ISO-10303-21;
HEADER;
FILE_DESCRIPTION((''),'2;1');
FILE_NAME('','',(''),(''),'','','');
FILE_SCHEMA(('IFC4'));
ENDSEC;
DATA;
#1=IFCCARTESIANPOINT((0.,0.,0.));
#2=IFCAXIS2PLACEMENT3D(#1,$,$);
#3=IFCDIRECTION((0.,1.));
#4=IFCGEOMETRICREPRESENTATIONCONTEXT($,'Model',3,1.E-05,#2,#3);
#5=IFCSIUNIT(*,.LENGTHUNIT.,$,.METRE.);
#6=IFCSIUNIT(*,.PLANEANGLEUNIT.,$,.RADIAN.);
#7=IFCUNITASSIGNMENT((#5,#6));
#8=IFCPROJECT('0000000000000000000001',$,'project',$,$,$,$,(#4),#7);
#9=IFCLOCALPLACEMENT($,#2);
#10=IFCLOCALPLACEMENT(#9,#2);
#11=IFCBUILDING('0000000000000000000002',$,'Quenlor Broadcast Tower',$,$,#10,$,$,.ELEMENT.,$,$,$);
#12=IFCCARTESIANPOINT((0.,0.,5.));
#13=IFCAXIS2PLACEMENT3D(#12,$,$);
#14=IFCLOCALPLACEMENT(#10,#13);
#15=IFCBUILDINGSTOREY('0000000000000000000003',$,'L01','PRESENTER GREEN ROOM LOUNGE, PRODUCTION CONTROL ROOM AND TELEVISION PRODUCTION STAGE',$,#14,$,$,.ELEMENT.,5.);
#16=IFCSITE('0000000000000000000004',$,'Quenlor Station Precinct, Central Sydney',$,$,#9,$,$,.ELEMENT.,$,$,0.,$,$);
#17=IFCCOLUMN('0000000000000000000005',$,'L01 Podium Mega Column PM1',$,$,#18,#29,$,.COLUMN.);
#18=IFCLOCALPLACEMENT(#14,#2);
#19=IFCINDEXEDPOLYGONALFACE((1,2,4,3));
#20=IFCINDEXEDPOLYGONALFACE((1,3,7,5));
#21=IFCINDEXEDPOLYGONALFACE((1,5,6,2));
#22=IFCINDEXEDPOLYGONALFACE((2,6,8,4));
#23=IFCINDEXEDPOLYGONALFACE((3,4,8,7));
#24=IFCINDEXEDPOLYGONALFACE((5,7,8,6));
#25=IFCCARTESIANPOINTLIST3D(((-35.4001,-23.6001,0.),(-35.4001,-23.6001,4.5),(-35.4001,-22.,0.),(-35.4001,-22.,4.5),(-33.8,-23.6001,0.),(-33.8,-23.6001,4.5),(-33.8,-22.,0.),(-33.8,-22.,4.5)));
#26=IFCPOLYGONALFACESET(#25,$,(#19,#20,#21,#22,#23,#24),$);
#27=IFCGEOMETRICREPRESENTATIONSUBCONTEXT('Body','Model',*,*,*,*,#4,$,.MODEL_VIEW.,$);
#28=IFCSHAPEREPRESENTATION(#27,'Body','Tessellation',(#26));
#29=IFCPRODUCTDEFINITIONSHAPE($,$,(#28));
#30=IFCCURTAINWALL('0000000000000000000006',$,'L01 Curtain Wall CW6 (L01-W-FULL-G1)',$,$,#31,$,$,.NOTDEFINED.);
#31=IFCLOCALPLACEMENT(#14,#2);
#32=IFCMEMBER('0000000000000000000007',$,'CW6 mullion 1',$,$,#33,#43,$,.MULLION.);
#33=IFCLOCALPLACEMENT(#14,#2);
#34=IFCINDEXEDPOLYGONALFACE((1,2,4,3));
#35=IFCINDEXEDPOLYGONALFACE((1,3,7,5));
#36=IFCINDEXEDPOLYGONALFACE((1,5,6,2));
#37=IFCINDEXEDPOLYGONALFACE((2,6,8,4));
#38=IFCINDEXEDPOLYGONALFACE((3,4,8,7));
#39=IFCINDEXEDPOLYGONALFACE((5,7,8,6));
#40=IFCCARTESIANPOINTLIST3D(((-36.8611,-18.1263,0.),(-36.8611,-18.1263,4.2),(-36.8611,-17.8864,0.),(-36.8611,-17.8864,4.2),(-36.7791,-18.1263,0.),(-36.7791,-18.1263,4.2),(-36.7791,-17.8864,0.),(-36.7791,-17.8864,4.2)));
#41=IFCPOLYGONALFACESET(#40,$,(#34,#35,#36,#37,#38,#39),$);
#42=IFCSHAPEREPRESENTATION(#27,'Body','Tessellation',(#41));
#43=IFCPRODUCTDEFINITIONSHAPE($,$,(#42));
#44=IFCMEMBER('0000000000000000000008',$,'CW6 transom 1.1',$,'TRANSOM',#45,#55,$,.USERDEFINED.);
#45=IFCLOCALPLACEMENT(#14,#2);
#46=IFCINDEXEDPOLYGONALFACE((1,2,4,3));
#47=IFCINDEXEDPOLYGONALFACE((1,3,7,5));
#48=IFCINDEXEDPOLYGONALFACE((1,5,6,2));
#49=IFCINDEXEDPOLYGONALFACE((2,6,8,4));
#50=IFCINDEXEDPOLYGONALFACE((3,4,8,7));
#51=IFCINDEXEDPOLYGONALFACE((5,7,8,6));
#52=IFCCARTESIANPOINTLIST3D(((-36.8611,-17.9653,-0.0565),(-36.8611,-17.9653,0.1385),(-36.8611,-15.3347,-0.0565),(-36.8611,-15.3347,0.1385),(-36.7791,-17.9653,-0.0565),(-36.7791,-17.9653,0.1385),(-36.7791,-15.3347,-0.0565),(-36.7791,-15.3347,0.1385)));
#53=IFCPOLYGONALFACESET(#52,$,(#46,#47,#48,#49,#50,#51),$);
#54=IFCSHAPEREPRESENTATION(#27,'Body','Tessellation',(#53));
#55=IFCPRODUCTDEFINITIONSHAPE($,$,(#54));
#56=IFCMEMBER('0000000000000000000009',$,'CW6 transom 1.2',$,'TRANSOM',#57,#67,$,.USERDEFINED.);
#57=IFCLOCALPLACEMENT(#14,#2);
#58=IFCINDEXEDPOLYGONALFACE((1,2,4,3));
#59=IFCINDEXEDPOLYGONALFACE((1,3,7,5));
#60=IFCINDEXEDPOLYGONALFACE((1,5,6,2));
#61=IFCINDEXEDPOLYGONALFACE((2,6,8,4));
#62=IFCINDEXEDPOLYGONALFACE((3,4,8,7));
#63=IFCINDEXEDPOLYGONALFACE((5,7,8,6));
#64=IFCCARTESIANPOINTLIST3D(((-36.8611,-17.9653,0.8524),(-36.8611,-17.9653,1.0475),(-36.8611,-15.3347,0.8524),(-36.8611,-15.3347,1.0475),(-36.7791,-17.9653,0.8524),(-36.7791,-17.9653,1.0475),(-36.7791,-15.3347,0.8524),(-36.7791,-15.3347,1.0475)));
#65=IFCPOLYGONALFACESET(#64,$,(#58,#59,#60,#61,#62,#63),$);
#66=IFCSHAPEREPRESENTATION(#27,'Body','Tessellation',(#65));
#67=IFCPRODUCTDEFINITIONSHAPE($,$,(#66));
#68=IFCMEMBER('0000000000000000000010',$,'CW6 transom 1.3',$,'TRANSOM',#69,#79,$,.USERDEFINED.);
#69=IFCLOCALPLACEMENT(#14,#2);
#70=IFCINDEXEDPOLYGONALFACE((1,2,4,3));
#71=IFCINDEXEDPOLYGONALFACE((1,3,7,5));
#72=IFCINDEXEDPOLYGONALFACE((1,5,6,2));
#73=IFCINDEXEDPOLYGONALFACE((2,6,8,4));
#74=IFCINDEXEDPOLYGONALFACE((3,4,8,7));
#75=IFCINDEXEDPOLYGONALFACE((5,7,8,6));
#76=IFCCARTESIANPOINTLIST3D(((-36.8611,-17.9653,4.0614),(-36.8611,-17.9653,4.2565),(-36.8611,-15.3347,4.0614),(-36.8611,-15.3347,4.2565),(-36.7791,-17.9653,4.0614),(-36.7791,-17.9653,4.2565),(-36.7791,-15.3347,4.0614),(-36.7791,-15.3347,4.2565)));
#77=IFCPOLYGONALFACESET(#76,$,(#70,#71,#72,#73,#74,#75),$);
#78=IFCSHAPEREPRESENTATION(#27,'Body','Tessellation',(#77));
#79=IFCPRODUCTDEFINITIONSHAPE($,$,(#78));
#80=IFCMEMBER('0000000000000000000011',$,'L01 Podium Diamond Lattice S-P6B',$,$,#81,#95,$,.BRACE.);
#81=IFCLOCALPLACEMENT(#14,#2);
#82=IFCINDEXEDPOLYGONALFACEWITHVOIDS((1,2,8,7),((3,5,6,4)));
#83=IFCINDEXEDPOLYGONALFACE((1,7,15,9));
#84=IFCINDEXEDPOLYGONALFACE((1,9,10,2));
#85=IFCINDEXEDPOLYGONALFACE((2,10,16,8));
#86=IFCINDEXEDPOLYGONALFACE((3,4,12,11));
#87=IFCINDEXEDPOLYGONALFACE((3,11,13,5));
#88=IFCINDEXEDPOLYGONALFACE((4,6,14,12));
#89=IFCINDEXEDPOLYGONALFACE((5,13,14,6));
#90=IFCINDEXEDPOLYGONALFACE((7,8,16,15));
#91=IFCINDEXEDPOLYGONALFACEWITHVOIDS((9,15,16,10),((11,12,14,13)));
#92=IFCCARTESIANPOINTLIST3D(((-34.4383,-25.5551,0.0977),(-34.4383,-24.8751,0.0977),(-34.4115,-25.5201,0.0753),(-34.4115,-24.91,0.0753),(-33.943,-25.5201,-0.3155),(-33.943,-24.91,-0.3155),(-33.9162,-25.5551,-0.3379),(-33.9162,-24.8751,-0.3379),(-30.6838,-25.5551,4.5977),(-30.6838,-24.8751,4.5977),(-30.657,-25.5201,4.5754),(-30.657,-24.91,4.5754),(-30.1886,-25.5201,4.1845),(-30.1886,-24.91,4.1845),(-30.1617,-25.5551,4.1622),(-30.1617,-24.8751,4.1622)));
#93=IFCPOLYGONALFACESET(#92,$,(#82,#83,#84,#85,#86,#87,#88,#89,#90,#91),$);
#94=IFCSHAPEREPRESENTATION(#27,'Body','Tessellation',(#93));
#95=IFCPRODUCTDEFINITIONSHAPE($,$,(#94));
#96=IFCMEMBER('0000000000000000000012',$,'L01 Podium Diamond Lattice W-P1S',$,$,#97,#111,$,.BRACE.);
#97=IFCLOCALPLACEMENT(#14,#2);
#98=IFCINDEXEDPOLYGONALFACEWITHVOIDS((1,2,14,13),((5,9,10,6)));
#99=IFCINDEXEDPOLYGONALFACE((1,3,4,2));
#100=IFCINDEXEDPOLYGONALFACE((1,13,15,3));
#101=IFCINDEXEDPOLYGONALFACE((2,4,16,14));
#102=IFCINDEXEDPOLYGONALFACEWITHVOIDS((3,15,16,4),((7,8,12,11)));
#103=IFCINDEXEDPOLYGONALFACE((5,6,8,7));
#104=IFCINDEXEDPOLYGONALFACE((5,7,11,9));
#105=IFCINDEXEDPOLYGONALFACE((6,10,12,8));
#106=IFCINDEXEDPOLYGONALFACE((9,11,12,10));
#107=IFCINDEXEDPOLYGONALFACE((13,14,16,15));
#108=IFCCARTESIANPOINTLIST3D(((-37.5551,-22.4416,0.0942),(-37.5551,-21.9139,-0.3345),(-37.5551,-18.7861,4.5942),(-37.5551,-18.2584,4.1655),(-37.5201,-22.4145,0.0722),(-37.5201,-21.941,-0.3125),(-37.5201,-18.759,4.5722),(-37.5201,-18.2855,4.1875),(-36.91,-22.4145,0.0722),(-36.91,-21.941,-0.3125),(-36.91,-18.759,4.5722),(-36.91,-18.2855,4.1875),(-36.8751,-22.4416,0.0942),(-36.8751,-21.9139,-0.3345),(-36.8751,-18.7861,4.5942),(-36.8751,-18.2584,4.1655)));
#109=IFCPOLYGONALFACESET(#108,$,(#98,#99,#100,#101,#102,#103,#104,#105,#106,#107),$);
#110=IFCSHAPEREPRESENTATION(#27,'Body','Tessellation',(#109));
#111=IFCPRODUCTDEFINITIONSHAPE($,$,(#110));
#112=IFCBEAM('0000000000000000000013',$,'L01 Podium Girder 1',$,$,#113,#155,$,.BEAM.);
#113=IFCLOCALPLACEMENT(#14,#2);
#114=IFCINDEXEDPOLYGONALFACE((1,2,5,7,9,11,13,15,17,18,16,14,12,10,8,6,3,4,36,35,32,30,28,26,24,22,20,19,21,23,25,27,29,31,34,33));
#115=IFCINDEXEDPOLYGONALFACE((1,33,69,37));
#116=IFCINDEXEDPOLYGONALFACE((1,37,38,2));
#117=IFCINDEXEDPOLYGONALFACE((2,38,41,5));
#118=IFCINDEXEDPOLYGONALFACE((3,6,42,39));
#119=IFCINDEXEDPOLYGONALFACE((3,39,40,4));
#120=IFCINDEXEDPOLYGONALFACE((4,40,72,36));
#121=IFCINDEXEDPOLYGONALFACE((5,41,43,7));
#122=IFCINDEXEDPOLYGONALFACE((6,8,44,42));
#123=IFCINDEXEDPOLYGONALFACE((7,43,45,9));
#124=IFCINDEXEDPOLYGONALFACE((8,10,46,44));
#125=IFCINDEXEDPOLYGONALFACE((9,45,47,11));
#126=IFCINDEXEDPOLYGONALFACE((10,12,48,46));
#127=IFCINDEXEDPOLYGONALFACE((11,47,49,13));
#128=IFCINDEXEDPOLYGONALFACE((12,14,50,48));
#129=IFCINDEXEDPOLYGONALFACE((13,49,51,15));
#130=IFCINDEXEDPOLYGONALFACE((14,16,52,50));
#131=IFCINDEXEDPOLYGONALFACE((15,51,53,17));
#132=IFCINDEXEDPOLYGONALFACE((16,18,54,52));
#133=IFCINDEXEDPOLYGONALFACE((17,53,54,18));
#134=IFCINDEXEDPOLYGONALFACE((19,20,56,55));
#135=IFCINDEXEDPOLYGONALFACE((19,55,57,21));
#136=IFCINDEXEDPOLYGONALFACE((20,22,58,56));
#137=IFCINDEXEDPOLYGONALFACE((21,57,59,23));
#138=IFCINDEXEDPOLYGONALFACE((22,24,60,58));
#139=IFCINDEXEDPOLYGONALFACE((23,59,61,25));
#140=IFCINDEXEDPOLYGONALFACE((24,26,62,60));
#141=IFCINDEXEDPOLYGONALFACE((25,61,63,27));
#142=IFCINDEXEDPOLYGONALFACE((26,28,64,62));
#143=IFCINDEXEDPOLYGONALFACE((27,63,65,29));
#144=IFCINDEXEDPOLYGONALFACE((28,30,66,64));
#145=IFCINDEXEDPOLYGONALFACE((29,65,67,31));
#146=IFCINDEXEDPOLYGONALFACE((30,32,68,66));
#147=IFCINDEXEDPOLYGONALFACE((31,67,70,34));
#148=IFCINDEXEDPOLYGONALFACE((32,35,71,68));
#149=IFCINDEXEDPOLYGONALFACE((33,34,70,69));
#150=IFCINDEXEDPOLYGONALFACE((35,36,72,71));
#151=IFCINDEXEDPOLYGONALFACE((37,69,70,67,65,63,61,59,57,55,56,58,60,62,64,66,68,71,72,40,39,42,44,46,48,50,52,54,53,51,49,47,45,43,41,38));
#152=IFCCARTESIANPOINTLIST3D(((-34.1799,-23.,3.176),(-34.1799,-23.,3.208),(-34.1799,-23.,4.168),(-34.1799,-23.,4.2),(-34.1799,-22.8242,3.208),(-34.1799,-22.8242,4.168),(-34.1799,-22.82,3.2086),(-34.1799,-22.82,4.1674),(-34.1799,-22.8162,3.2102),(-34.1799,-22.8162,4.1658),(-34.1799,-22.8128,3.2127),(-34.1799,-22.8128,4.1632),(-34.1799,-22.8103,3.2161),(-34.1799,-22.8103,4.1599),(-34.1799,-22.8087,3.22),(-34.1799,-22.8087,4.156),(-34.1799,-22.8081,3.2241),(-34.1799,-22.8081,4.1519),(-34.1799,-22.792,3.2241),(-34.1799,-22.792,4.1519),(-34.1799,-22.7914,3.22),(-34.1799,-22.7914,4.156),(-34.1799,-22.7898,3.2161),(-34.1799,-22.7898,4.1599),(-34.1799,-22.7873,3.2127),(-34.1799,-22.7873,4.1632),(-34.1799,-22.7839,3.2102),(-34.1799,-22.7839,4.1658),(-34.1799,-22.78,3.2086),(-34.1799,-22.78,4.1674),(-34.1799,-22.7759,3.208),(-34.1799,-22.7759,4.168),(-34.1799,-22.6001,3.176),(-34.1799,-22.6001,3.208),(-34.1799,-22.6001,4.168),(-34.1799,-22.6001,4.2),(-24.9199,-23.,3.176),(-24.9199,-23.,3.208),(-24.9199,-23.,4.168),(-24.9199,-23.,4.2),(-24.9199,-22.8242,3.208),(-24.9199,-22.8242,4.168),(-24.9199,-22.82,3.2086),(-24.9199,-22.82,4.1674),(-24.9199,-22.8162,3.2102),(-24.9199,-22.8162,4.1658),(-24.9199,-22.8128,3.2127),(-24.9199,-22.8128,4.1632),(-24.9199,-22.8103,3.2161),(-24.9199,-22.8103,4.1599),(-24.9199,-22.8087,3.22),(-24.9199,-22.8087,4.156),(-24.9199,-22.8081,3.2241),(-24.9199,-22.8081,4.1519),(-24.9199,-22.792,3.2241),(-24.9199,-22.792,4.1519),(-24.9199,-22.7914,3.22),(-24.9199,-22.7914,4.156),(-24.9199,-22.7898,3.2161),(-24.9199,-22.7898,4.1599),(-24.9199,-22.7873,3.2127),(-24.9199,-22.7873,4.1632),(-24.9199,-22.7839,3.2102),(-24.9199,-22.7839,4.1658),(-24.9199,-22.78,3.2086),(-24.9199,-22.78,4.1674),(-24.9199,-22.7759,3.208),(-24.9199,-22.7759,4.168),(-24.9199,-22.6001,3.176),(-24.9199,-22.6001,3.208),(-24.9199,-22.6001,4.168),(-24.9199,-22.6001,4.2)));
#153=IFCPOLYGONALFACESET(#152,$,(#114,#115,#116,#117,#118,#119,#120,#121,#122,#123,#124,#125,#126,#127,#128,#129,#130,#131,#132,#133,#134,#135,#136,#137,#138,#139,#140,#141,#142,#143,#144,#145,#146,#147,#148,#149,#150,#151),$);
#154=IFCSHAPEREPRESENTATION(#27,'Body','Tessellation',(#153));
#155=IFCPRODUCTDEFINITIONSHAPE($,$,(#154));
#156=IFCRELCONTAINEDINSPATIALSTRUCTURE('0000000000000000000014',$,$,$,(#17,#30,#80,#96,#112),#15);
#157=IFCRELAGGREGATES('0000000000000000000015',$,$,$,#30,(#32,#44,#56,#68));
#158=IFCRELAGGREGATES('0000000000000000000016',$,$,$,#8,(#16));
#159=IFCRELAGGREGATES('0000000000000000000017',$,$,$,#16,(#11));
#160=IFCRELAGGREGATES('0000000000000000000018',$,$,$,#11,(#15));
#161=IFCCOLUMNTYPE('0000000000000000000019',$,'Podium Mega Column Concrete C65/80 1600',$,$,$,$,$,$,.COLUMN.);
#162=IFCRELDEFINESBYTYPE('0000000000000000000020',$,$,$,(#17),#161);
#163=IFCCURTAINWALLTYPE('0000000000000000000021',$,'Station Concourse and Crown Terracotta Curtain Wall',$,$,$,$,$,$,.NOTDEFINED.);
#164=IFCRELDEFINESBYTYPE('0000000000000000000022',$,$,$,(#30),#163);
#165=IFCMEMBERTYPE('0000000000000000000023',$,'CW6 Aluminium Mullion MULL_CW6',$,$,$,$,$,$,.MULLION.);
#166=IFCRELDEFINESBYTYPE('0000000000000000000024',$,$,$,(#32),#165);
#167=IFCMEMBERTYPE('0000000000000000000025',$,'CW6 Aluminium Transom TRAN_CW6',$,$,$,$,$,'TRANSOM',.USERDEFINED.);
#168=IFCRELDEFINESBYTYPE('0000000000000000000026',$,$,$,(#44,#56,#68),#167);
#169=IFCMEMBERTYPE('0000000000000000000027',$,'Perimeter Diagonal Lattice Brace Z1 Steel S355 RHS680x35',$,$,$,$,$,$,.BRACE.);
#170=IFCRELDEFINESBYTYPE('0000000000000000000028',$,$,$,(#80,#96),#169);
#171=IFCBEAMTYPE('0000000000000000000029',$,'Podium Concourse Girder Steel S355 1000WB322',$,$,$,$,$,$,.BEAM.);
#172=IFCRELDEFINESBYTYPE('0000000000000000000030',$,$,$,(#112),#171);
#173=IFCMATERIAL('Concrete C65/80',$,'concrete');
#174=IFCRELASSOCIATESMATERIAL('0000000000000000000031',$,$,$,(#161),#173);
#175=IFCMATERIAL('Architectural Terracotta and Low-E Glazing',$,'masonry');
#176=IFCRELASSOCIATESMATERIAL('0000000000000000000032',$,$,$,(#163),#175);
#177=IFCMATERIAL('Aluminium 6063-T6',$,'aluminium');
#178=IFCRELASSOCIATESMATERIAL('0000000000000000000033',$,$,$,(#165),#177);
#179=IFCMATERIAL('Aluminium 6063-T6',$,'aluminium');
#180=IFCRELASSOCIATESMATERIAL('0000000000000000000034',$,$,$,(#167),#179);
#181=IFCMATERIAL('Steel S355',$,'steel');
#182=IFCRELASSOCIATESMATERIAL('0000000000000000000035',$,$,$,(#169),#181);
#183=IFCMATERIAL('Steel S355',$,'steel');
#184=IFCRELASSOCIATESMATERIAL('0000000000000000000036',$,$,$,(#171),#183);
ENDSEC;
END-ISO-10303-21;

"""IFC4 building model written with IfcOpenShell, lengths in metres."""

from ifc_helpers import new_model, si_unit, direction, frame, origin, origin_2d, place, context, subcontext, project, spatial, rectangle, hollow_rectangle, i_section, extrude, material, material_profile, profile_set, type_object, element, aggregate, save


model = new_model("IFC4")

# Units and contexts
model_context = context("Model", 3, precision=1e-05, world=origin(), true_north=direction((0.0, 1.0)))
body_context = subcontext(model_context, "Body", "Model", "MODEL_VIEW")
ifc_project = project(units=[si_unit("LENGTHUNIT", "METRE"), si_unit("PLANEANGLEUNIT", "RADIAN")], contexts=[model_context])

# Site, building, storey
site_placement = place(None, origin())
site = spatial("IfcSite", under=ifc_project, at=site_placement, Name="Quenlor Station Precinct, Central Sydney", CompositionType="ELEMENT", RefElevation=0.0)
building_placement = place(site_placement, origin())
building = spatial("IfcBuilding", under=site, at=building_placement, Name="Quenlor Broadcast Tower", CompositionType="ELEMENT")
storey_placement = place(building_placement, frame((0.0, 0.0, 5.0)))
storey = spatial("IfcBuildingStorey", under=building, at=storey_placement, Name="L01", Description="PRESENTER GREEN ROOM LOUNGE, PRODUCTION CONTROL ROOM AND TELEVISION PRODUCTION STAGE", CompositionType="ELEMENT", Elevation=5.0)

# Column
ifc_material_1 = material(Name="Concrete C65/80", Category="concrete")
ifc_material_profile_1 = material_profile(ifc_material_1, rectangle(XDim=1.6001, YDim=1.6001, at=origin_2d()))
ifc_profile_set_1 = profile_set([ifc_material_profile_1], Name="Concrete C65/80 RC1600x1600")
column_type = type_object("IfcColumnType", Name="Podium Mega Column Concrete C65/80 1600", PredefinedType="COLUMN", material=ifc_profile_set_1)
column_placement = place(storey_placement, frame((-34.6001, -22.8, 0.0), z_axis=(0.0, 0.0, 1.0), x_axis=(1.0, 0.0, 0.0)))
element("IfcColumn", 1, at=column_placement, inside=storey, type_object=column_type, Name="L01 Podium Mega Column PM1", PredefinedType="COLUMN", context=body_context, shape_type="SweptSolid", body=[
    extrude(rectangle(XDim=1.6001, YDim=1.6001, at=origin_2d()), origin(), (0.0, 0.0, 1.0), 4.5),
])

# Curtain wall, members
ifc_material_2 = material(Name="Architectural Terracotta and Low-E Glazing", Category="masonry")
curtain_wall_type = type_object("IfcCurtainWallType", Name="Station Concourse and Crown Terracotta Curtain Wall", PredefinedType="NOTDEFINED", material=ifc_material_2)
curtain_wall_placement = place(storey_placement, origin())
curtain_wall = element("IfcCurtainWall", 2, at=curtain_wall_placement, inside=storey, type_object=curtain_wall_type, Name="L01 Curtain Wall CW6 (L01-W-FULL-G1)", PredefinedType="NOTDEFINED")
ifc_material_3 = material(Name="Aluminium 6063-T6", Category="aluminium")
ifc_material_profile_2 = material_profile(ifc_material_3, rectangle(XDim=0.082, YDim=0.24, at=origin_2d()))
ifc_profile_set_2 = profile_set([ifc_material_profile_2], Name="Aluminium 6063-T6 MULL82x240")
member_type_1 = type_object("IfcMemberType", Name="CW6 Aluminium Mullion MULL_CW6", PredefinedType="MULLION", material=ifc_profile_set_2)
member_1_placement = place(storey_placement, frame((-36.8201, -18.0063, 0.0), z_axis=(0.0, 0.0, 1.0), x_axis=(-1.0, 0.0, 0.0)))
member_1 = element("IfcMember", 3, at=member_1_placement, type_object=member_type_1, Name="CW6 mullion 1", PredefinedType="MULLION", context=body_context, shape_type="SweptSolid", body=[
    extrude(rectangle(XDim=0.082, YDim=0.24, at=origin_2d()), origin(), (0.0, 0.0, 1.0), 4.2),
])
ifc_material_4 = material(Name="Aluminium 6063-T6", Category="aluminium")
ifc_material_profile_3 = material_profile(ifc_material_4, rectangle(XDim=0.082, YDim=0.1951, at=origin_2d()))
ifc_profile_set_3 = profile_set([ifc_material_profile_3], Name="Aluminium 6063-T6 TRAN82x195")
member_type_2 = type_object("IfcMemberType", Name="CW6 Aluminium Transom TRAN_CW6", ElementType="TRANSOM", PredefinedType="USERDEFINED", material=ifc_profile_set_3)
member_2_placement = place(storey_placement, frame((-36.8201, -17.9653, 0.041), z_axis=(0.0, 1.0, 0.0), x_axis=(-1.0, 0.0, 0.0)))
member_2 = element("IfcMember", 4, at=member_2_placement, type_object=member_type_2, Name="CW6 transom 1.1", ObjectType="TRANSOM", PredefinedType="USERDEFINED", context=body_context, shape_type="SweptSolid", body=[
    extrude(rectangle(XDim=0.082, YDim=0.1951, at=origin_2d()), origin(), (0.0, 0.0, 1.0), 2.6306),
])
member_3_placement = place(storey_placement, frame((-36.8201, -17.9653, 0.95), z_axis=(0.0, 1.0, 0.0), x_axis=(-1.0, 0.0, 0.0)))
member_3 = element("IfcMember", 5, at=member_3_placement, type_object=member_type_2, Name="CW6 transom 1.2", ObjectType="TRANSOM", PredefinedType="USERDEFINED", context=body_context, shape_type="SweptSolid", body=[
    extrude(rectangle(XDim=0.082, YDim=0.1951, at=origin_2d()), origin(), (0.0, 0.0, 1.0), 2.6306),
])
member_4_placement = place(storey_placement, frame((-36.8201, -17.9653, 4.1589), z_axis=(0.0, 1.0, 0.0), x_axis=(-1.0, 0.0, 0.0)))
member_4 = element("IfcMember", 6, at=member_4_placement, type_object=member_type_2, Name="CW6 transom 1.3", ObjectType="TRANSOM", PredefinedType="USERDEFINED", context=body_context, shape_type="SweptSolid", body=[
    extrude(rectangle(XDim=0.082, YDim=0.1951, at=origin_2d()), origin(), (0.0, 0.0, 1.0), 2.6306),
])
aggregate(curtain_wall, [member_1, member_2, member_3, member_4])

# Members
ifc_material_5 = material(Name="Steel S355", Category="steel")
ifc_material_profile_4 = material_profile(ifc_material_5, hollow_rectangle(XDim=0.6799, YDim=0.6799, WallThickness=0.0349, at=origin_2d()))
ifc_profile_set_4 = profile_set([ifc_material_profile_4], Name="Steel S355 RHS680x680x35")
member_type_3 = type_object("IfcMemberType", Name="Perimeter Diagonal Lattice Brace Z1 Steel S355 RHS680x35", PredefinedType="BRACE", material=ifc_profile_set_4)
member_5_placement = place(storey_placement, frame((-34.1772, -25.2151, -0.1201), z_axis=(0.640627, 0.0, 0.767852), x_axis=(0.0, 1.0, 0.0)))
element("IfcMember", 7, at=member_5_placement, inside=storey, type_object=member_type_3, Name="L01 Podium Diamond Lattice S-P6B", PredefinedType="BRACE", context=body_context, shape_type="SweptSolid", body=[
    extrude(hollow_rectangle(XDim=0.6799, YDim=0.6799, WallThickness=0.0349, at=origin_2d()), origin(), (0.0, 0.0, 1.0), 5.8606),
])
member_6_placement = place(storey_placement, frame((-37.2151, -22.1777, -0.1201), z_axis=(0.0, 0.630517, 0.776176), x_axis=(-1.0, 0.0, 0.0)))
element("IfcMember", 8, at=member_6_placement, inside=storey, type_object=member_type_3, Name="L01 Podium Diamond Lattice W-P1S", PredefinedType="BRACE", context=body_context, shape_type="SweptSolid", body=[
    extrude(hollow_rectangle(XDim=0.6799, YDim=0.6799, WallThickness=0.0349, at=origin_2d()), origin(), (0.0, 0.0, 1.0), 5.7976),
])

# Beam
ifc_material_6 = material(Name="Steel S355", Category="steel")
ifc_material_profile_5 = material_profile(ifc_material_6, i_section(OverallWidth=0.3999, OverallDepth=1.0239, WebThickness=0.0161, FlangeThickness=0.032, FilletRadius=0.0161, at=origin_2d()))
ifc_profile_set_5 = profile_set([ifc_material_profile_5], Name="Steel S355 1000WB322")
beam_type_1 = type_object("IfcBeamType", Name="Podium Concourse Girder Steel S355 1000WB322", PredefinedType="BEAM", material=ifc_profile_set_5)
beam_1_placement = place(storey_placement, frame((-34.1799, -22.8, 3.688), z_axis=(1.0, 0.0, 0.0), x_axis=(0.0, 1.0, 0.0)))
element("IfcBeam", 9, at=beam_1_placement, inside=storey, type_object=beam_type_1, Name="L01 Podium Girder 1", PredefinedType="BEAM", context=body_context, shape_type="SweptSolid", body=[
    extrude(i_section(OverallWidth=0.3999, OverallDepth=1.0239, WebThickness=0.0161, FlangeThickness=0.032, FilletRadius=0.0161, at=origin_2d()), origin(), (0.0, 0.0, 1.0), 9.26),
])

save(model, "model.ifc")
